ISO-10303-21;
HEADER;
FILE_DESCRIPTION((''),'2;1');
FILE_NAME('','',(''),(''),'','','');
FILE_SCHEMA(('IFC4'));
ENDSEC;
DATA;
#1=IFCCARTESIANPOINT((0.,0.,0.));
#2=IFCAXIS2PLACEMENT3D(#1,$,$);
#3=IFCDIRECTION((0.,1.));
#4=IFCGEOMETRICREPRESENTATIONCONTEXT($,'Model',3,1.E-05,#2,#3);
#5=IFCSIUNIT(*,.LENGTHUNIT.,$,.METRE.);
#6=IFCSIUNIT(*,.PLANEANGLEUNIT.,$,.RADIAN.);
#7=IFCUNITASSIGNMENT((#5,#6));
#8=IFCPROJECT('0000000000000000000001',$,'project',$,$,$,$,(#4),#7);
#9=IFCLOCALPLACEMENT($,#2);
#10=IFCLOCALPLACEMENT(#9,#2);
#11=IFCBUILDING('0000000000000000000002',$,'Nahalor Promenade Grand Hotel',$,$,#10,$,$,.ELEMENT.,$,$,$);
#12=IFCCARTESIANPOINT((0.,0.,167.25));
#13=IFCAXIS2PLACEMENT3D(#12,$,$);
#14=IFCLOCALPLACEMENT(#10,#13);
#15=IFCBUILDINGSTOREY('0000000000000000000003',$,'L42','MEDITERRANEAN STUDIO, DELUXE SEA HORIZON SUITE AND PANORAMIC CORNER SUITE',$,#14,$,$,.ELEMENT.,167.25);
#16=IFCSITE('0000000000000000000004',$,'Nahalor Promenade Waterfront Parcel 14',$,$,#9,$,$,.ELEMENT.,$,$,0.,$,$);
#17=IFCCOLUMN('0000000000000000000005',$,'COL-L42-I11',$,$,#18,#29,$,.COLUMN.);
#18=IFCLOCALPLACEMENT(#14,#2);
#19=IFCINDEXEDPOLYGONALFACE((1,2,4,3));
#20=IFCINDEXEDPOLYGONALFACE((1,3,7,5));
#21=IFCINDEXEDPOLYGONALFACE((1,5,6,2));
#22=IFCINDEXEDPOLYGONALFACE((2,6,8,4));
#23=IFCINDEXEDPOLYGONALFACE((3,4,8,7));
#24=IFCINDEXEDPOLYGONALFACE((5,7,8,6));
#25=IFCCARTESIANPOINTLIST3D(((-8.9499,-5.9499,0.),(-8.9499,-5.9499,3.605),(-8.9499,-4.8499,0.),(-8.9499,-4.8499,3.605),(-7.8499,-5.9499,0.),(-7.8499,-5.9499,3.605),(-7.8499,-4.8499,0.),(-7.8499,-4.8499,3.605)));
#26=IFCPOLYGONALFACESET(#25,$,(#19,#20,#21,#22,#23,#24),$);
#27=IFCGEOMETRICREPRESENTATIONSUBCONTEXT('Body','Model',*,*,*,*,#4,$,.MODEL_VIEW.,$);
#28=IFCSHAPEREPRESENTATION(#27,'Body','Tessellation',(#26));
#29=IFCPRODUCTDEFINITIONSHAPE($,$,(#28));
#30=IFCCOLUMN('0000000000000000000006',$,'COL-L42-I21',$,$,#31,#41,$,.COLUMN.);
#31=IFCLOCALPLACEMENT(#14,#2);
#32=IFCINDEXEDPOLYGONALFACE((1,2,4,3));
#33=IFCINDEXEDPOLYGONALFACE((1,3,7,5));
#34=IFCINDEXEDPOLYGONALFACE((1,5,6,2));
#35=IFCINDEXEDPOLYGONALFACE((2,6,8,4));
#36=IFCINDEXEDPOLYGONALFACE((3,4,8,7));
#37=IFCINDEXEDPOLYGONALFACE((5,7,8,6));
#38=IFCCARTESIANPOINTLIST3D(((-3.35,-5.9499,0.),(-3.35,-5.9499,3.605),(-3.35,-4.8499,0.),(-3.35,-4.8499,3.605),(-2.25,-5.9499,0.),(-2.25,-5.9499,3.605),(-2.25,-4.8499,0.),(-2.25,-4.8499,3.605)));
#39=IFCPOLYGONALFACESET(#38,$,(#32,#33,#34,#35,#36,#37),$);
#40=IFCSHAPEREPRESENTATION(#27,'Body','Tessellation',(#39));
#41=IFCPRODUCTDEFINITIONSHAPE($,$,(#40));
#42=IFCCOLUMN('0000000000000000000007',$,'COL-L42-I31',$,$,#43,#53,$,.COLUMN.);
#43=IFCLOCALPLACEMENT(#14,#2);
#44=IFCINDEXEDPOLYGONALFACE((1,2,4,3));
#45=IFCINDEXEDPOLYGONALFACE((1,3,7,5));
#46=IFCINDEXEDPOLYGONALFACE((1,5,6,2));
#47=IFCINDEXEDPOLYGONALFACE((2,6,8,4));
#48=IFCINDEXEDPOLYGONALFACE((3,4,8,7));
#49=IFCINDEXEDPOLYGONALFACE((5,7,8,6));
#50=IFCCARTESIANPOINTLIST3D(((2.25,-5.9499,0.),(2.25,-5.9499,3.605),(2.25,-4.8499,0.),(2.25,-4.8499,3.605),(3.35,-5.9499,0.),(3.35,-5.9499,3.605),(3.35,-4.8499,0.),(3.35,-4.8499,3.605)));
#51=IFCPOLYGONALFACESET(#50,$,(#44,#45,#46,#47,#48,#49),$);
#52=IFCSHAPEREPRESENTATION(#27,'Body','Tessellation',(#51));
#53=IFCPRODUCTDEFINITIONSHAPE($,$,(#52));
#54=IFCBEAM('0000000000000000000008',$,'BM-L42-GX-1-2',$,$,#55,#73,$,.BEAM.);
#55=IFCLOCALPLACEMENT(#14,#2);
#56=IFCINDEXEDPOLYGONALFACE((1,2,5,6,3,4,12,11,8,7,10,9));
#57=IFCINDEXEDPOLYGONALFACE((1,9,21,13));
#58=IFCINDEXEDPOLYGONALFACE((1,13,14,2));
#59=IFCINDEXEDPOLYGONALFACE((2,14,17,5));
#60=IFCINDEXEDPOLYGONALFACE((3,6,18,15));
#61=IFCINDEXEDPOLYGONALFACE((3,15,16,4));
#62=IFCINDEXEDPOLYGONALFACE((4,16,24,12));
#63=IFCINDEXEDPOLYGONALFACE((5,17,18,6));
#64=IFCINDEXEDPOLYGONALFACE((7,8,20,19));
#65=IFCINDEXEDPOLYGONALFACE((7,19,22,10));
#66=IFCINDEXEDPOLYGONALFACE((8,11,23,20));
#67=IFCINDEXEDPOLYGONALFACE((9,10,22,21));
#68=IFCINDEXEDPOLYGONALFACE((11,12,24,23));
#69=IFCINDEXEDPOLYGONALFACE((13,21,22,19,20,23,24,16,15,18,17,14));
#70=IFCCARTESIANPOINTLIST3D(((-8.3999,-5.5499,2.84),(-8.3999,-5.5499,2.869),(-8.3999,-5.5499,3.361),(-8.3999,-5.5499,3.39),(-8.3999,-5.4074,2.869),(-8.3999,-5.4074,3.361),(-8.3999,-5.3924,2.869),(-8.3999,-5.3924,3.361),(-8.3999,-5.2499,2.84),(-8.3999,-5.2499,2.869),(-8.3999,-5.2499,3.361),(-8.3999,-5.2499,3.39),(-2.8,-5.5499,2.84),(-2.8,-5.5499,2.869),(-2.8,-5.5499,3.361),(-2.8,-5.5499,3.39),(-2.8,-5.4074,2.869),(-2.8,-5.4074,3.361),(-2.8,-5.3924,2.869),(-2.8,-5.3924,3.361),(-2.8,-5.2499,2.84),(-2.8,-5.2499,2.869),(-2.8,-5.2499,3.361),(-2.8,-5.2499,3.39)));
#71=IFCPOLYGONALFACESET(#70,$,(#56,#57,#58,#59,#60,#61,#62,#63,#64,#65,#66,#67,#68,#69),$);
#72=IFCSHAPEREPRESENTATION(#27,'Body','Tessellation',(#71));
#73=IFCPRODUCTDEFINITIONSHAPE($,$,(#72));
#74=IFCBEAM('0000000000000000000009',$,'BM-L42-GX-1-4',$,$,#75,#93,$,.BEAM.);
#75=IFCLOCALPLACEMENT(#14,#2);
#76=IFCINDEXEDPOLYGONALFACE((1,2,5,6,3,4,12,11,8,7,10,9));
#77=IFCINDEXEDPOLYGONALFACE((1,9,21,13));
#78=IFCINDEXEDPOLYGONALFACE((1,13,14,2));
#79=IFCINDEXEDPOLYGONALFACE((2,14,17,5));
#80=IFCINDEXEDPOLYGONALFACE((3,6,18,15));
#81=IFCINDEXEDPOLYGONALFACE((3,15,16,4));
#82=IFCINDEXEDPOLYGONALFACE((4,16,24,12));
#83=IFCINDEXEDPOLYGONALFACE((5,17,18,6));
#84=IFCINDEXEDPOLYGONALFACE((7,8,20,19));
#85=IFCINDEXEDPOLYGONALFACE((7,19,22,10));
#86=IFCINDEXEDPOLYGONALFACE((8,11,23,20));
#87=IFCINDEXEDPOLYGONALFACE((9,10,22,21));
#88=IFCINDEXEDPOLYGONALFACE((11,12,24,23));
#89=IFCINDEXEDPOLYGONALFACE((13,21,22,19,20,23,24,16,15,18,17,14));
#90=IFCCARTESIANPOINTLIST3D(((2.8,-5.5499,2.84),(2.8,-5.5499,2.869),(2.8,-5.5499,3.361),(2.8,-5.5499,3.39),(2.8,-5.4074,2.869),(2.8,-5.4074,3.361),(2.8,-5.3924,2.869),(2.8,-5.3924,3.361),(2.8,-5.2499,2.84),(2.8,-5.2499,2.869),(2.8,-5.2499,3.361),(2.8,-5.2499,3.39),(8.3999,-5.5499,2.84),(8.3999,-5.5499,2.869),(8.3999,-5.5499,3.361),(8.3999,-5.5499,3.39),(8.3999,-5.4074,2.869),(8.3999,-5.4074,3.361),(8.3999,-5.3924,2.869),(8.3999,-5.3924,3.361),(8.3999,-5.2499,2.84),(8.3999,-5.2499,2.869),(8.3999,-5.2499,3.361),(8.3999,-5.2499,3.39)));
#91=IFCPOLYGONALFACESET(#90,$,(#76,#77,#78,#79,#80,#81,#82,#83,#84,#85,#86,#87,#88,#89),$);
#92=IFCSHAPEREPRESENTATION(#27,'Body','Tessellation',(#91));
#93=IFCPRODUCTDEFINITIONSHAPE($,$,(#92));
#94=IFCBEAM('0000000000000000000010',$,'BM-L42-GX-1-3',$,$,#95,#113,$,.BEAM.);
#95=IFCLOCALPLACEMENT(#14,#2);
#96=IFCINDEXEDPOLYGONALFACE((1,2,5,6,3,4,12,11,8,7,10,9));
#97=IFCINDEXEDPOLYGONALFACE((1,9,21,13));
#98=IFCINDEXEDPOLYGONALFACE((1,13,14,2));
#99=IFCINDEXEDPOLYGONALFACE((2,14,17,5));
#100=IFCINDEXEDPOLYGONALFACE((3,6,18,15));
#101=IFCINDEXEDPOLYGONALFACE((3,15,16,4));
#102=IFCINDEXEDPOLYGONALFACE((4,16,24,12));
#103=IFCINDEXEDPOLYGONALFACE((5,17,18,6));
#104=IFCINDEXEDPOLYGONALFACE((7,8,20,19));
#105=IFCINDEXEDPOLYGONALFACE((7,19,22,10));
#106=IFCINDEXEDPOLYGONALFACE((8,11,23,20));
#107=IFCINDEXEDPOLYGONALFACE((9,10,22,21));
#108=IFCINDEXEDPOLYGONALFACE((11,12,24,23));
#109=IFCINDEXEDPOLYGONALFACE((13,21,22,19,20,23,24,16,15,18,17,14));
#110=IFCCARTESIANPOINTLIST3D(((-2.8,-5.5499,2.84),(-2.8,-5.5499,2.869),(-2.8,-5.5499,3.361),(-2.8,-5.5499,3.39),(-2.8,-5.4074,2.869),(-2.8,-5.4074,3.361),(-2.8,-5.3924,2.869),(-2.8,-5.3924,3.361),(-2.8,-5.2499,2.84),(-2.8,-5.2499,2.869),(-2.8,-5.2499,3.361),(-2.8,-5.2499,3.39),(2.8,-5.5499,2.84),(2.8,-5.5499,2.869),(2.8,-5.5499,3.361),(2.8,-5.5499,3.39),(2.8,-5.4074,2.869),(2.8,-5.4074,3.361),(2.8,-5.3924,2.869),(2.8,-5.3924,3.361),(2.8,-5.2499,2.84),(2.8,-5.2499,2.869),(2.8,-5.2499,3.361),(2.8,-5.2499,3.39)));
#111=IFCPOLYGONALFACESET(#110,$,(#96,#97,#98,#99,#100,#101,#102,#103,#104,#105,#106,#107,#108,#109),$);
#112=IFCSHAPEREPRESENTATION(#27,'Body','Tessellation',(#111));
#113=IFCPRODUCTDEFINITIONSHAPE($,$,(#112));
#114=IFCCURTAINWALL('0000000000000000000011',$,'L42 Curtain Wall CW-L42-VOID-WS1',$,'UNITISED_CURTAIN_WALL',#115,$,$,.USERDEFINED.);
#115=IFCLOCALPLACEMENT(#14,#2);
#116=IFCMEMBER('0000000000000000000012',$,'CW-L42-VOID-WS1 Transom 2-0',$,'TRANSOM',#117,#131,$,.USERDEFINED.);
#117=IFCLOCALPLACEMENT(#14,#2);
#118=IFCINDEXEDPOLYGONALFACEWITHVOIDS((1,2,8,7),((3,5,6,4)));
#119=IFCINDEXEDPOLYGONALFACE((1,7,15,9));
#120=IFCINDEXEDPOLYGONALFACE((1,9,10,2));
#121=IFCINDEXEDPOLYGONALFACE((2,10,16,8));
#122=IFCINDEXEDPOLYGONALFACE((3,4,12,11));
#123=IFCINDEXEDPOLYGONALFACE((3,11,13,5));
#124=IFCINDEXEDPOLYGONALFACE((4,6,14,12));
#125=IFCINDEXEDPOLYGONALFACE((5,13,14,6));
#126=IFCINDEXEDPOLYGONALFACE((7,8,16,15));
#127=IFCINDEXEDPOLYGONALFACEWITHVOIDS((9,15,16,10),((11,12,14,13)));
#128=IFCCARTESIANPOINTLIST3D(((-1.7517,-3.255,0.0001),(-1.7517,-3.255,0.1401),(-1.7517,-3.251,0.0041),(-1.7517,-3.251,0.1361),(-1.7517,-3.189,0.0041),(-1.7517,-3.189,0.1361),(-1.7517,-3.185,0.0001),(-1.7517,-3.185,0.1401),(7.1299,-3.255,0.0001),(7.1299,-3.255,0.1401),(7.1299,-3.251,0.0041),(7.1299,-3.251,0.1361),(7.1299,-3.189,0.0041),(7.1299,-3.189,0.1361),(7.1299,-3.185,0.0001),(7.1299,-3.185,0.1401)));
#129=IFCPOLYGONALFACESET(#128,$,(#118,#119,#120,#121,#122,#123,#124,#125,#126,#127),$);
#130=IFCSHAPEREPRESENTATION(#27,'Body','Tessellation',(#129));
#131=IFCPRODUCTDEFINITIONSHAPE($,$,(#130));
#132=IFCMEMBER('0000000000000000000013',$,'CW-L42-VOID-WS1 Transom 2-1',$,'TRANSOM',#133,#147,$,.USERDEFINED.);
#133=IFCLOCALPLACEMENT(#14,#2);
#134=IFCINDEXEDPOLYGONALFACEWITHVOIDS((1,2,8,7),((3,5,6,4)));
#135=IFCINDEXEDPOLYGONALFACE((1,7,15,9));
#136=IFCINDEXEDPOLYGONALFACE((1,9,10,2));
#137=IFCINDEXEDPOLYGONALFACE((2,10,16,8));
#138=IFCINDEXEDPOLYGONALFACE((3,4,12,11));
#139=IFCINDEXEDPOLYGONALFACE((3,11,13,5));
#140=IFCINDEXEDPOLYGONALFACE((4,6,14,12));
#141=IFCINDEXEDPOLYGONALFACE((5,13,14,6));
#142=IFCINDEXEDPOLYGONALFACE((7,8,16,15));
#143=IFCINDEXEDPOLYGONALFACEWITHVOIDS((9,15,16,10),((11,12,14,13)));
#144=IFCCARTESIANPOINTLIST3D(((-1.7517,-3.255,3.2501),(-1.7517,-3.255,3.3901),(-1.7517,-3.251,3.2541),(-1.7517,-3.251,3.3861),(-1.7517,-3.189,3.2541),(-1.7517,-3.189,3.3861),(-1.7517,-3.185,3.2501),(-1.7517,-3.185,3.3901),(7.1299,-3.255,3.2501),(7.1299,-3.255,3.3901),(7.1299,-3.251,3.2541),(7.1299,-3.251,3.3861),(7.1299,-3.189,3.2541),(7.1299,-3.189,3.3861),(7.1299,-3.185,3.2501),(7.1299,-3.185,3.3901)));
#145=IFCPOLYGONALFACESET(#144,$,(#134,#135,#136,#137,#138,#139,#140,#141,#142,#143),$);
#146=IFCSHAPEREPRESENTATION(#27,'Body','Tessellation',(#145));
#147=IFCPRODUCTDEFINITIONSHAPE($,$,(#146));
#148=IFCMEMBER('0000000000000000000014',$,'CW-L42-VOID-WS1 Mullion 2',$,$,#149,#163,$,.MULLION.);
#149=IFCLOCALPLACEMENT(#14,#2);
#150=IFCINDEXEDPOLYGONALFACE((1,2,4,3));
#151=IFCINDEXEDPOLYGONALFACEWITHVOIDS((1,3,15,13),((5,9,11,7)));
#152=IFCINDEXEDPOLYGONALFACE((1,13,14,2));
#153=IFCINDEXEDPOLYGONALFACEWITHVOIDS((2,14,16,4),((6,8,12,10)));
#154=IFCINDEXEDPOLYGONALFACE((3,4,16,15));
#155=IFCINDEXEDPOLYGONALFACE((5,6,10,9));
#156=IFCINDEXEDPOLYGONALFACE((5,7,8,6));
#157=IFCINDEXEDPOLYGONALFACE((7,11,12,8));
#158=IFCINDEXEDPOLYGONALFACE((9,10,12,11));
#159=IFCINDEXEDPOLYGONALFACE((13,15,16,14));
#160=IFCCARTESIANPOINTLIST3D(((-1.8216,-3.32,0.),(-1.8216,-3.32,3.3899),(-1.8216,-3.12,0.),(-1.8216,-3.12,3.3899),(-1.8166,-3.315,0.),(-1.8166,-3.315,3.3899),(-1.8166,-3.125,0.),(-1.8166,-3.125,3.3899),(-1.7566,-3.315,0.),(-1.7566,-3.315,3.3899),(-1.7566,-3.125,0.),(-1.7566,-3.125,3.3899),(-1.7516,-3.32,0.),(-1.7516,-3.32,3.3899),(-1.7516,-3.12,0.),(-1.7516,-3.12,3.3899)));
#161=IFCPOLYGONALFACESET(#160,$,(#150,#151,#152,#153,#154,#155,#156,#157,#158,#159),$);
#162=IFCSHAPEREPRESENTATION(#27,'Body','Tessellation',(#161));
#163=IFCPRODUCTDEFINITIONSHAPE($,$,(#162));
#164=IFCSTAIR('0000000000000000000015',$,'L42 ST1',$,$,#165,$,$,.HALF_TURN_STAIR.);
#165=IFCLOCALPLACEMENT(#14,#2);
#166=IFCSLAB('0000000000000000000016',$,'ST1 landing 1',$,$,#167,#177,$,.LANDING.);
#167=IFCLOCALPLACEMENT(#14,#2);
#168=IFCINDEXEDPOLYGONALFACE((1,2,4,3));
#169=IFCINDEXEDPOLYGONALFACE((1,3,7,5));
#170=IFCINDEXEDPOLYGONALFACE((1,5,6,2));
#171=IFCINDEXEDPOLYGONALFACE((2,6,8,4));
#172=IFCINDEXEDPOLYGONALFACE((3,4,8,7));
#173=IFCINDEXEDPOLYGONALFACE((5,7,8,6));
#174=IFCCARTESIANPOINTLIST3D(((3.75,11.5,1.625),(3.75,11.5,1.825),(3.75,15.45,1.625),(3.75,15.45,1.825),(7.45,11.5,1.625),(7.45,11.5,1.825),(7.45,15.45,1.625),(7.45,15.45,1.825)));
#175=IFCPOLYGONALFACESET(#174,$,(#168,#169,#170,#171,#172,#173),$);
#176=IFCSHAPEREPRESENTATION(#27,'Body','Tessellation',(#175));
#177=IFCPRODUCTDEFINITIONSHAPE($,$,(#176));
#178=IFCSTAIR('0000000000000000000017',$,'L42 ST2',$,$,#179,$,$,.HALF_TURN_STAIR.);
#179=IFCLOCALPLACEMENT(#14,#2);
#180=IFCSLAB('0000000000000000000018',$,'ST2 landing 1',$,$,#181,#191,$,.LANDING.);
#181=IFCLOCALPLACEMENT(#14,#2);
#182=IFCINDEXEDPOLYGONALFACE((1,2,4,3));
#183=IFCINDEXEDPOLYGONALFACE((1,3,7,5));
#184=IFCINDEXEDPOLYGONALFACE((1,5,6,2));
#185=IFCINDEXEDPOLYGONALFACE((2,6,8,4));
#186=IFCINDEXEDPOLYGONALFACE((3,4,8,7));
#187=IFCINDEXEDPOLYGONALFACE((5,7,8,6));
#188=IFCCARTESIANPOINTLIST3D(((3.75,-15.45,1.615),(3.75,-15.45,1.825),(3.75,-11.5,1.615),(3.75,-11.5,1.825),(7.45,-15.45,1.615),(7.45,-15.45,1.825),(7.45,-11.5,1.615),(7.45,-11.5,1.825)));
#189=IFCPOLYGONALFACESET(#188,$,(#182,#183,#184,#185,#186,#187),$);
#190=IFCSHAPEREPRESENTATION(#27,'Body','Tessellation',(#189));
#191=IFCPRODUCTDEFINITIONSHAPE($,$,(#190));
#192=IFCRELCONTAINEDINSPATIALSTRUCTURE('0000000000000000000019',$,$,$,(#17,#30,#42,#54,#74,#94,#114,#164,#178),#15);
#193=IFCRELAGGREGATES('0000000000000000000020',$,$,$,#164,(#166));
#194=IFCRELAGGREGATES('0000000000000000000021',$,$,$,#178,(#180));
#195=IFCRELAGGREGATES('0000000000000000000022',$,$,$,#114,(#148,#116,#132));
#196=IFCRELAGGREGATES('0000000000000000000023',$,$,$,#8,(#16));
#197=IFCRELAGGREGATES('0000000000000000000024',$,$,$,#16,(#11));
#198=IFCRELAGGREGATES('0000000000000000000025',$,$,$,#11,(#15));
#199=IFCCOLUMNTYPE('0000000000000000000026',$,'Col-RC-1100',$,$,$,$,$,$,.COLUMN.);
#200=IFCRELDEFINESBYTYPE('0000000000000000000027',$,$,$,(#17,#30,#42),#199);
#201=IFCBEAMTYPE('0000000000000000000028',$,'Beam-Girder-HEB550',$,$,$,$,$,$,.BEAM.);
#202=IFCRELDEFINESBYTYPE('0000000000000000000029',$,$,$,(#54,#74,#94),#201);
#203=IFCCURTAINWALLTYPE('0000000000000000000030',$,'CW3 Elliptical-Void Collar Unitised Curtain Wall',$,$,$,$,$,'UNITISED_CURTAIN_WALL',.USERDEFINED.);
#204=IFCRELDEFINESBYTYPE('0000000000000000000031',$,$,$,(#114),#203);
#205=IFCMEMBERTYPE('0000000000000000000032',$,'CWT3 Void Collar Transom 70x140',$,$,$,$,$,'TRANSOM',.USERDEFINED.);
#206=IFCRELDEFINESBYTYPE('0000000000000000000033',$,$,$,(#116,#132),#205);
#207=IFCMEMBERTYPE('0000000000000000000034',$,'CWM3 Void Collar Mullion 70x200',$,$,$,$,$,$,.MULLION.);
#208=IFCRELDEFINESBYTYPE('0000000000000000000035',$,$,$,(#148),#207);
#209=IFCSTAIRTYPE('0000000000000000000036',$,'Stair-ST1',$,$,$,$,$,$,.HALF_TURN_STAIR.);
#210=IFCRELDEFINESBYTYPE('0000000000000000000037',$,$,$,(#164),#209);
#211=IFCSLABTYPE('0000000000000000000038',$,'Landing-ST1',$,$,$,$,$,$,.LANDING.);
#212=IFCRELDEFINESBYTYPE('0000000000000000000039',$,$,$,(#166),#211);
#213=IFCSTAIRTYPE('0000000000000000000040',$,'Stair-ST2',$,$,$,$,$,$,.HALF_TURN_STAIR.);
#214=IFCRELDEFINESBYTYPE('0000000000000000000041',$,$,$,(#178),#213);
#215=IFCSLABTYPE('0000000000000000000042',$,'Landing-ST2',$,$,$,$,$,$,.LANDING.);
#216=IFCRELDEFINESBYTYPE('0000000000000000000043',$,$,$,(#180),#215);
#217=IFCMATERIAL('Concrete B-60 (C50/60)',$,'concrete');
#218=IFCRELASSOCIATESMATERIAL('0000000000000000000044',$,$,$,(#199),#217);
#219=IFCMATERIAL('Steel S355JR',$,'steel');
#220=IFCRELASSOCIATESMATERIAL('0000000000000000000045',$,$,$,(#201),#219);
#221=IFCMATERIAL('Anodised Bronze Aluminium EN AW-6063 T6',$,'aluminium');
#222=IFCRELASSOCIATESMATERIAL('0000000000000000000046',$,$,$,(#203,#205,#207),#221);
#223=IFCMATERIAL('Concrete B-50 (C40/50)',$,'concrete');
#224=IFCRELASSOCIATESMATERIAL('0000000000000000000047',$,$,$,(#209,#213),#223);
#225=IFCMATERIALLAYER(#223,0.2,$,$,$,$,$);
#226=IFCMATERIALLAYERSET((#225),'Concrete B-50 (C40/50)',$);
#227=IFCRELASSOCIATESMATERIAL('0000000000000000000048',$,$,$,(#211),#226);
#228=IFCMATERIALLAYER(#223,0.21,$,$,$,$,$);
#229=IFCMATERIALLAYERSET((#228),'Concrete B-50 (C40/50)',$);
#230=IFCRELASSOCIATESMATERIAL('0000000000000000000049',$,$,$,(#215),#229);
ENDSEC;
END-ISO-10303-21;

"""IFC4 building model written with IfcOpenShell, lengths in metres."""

from ifc_helpers import new_model, si_unit, direction, frame, origin, origin_2d, place, context, subcontext, project, spatial, polyline, rectangle, hollow_rectangle, i_section, outline, extrude, source, transform, mapped, material, layer, layer_set, material_profile, profile_set, type_object, element, aggregate, save


model = new_model("IFC4")

# Units and contexts
model_context = context("Model", 3, precision=1e-05, world=origin(), true_north=direction((0.0, 1.0)))
body_context = subcontext(model_context, "Body", "Model", "MODEL_VIEW")
ifc_project = project(units=[si_unit("LENGTHUNIT", "METRE"), si_unit("PLANEANGLEUNIT", "RADIAN")], contexts=[model_context])

# Site, building, storey
site_placement = place(None, origin())
site = spatial("IfcSite", under=ifc_project, at=site_placement, Name="Nahalor Promenade Waterfront Parcel 14", CompositionType="ELEMENT", RefElevation=0.0)
building_placement = place(site_placement, origin())
building = spatial("IfcBuilding", under=site, at=building_placement, Name="Nahalor Promenade Grand Hotel", CompositionType="ELEMENT")
storey_placement = place(building_placement, frame((0.0, 0.0, 167.25)))
storey = spatial("IfcBuildingStorey", under=building, at=storey_placement, Name="L42", Description="MEDITERRANEAN STUDIO, DELUXE SEA HORIZON SUITE AND PANORAMIC CORNER SUITE", CompositionType="ELEMENT", Elevation=167.25)

# Columns
ifc_material_1 = material(Name="Concrete B-60 (C50/60)", Category="concrete")
ifc_material_profile_1 = material_profile(ifc_material_1, rectangle(XDim=1.1, YDim=1.1, at=origin_2d()), Name="RC 1100x1100")
ifc_profile_set_1 = profile_set([ifc_material_profile_1], Name="Concrete B-60 (C50/60)")
column_type = type_object("IfcColumnType", Name="Col-RC-1100", PredefinedType="COLUMN", material=ifc_profile_set_1)
shared_shape_1 = source(origin(), body_context, "Body", "SweptSolid", [
    extrude(rectangle(XDim=1.1, YDim=1.1, at=origin_2d()), origin(), (0.0, 0.0, 1.0), 3.605),
])
for number, where, z_axis, x_axis, name in (
    (1, (-8.3999, -5.3999, 0.0), (0.0, 0.0, 1.0), (1.0, 0.0, 0.0), "COL-L42-I11"),
    (2, (-2.8, -5.3999, 0.0), (0.0, 0.0, 1.0), (1.0, 0.0, 0.0), "COL-L42-I21"),
    (3, (2.8, -5.3999, 0.0), (0.0, 0.0, 1.0), (1.0, 0.0, 0.0), "COL-L42-I31"),
):
    element("IfcColumn", number, at=place(storey_placement, frame(where, z_axis=z_axis, x_axis=x_axis)), inside=storey, type_object=column_type, Name=name, PredefinedType="COLUMN", context=body_context, shape_type="MappedRepresentation", body=[
        mapped(shared_shape_1, transform((0.0, 0.0, 0.0), scale=1.0)),
    ])

# Beams
ifc_material_2 = material(Name="Steel S355JR", Category="steel")
ifc_material_profile_2 = material_profile(ifc_material_2, i_section(OverallWidth=0.3, OverallDepth=0.55, WebThickness=0.015, FlangeThickness=0.029, at=origin_2d()), Name="HEB 550")
ifc_profile_set_2 = profile_set([ifc_material_profile_2], Name="Steel S355JR")
beam_type = type_object("IfcBeamType", Name="Beam-Girder-HEB550", PredefinedType="BEAM", material=ifc_profile_set_2)
shared_shape_2 = source(origin(), body_context, "Body", "SweptSolid", [
    extrude(i_section(OverallWidth=0.3, OverallDepth=0.55, WebThickness=0.015, FlangeThickness=0.029, at=origin_2d()), origin(), (0.0, 0.0, 1.0), 5.5999),
])
for number, where, z_axis, x_axis, name in (
    (4, (-8.3999, -5.3999, 3.115), (1.0, 0.0, 0.0), (0.0, 1.0, 0.0), "BM-L42-GX-1-2"),
    (5, (2.8, -5.3999, 3.115), (1.0, 0.0, 0.0), (0.0, 1.0, 0.0), "BM-L42-GX-1-4"),
):
    element("IfcBeam", number, at=place(storey_placement, frame(where, z_axis=z_axis, x_axis=x_axis)), inside=storey, type_object=beam_type, Name=name, PredefinedType="BEAM", context=body_context, shape_type="MappedRepresentation", body=[
        mapped(shared_shape_2, transform((0.0, 0.0, 0.0), scale=1.0)),
    ])
shared_shape_3 = source(origin(), body_context, "Body", "SweptSolid", [
    extrude(i_section(OverallWidth=0.3, OverallDepth=0.55, WebThickness=0.015, FlangeThickness=0.029, at=origin_2d()), origin(), (0.0, 0.0, 1.0), 5.6001),
])
beam_placement = place(storey_placement, frame((-2.8, -5.3999, 3.115), z_axis=(1.0, 0.0, 0.0), x_axis=(0.0, 1.0, 0.0)))
element("IfcBeam", 6, at=beam_placement, inside=storey, type_object=beam_type, Name="BM-L42-GX-1-3", PredefinedType="BEAM", context=body_context, shape_type="MappedRepresentation", body=[
    mapped(shared_shape_3, transform((0.0, 0.0, 0.0), scale=1.0)),
])

# Curtain wall, members
ifc_material_3 = material(Name="Anodised Bronze Aluminium EN AW-6063 T6", Category="aluminium")
curtain_wall_type = type_object("IfcCurtainWallType", Name="CW3 Elliptical-Void Collar Unitised Curtain Wall", ElementType="UNITISED_CURTAIN_WALL", PredefinedType="USERDEFINED", material=ifc_material_3)
curtain_wall_placement = place(storey_placement, origin())
curtain_wall = element("IfcCurtainWall", 7, at=curtain_wall_placement, inside=storey, type_object=curtain_wall_type, Name="L42 Curtain Wall CW-L42-VOID-WS1", ObjectType="UNITISED_CURTAIN_WALL", PredefinedType="USERDEFINED")
ifc_material_profile_3 = material_profile(ifc_material_3, hollow_rectangle(XDim=0.07, YDim=0.14, WallThickness=0.004, at=origin_2d()), Name="CWT 70x140x4")
ifc_profile_set_3 = profile_set([ifc_material_profile_3], Name="Anodised Bronze Aluminium EN AW-6063 T6")
member_type_1 = type_object("IfcMemberType", Name="CWT3 Void Collar Transom 70x140", ElementType="TRANSOM", PredefinedType="USERDEFINED", material=ifc_profile_set_3)
shared_shape_4 = source(origin(), body_context, "Body", "SweptSolid", [
    extrude(hollow_rectangle(XDim=0.07, YDim=0.14, WallThickness=0.004, at=origin_2d()), origin(), (0.0, 0.0, 1.0), 8.8816),
])
member_1_placement = place(storey_placement, frame((-1.7517, -3.22, 0.0701), z_axis=(1.0, 0.0, 0.0), x_axis=(0.0, 1.0, 0.0)))
member_1 = element("IfcMember", 8, at=member_1_placement, type_object=member_type_1, Name="CW-L42-VOID-WS1 Transom 2-0", ObjectType="TRANSOM", PredefinedType="USERDEFINED", context=body_context, shape_type="MappedRepresentation", body=[
    mapped(shared_shape_4, transform((0.0, 0.0, 0.0), scale=1.0)),
])
member_2_placement = place(storey_placement, frame((-1.7517, -3.22, 3.3201), z_axis=(1.0, 0.0, 0.0), x_axis=(0.0, 1.0, 0.0)))
member_2 = element("IfcMember", 9, at=member_2_placement, type_object=member_type_1, Name="CW-L42-VOID-WS1 Transom 2-1", ObjectType="TRANSOM", PredefinedType="USERDEFINED", context=body_context, shape_type="MappedRepresentation", body=[
    mapped(shared_shape_4, transform((0.0, 0.0, 0.0), scale=1.0)),
])
ifc_material_profile_4 = material_profile(ifc_material_3, hollow_rectangle(XDim=0.07, YDim=0.2, WallThickness=0.005, at=origin_2d()), Name="CWM 70x200x5")
ifc_profile_set_4 = profile_set([ifc_material_profile_4], Name="Anodised Bronze Aluminium EN AW-6063 T6")
member_type_2 = type_object("IfcMemberType", Name="CWM3 Void Collar Mullion 70x200", PredefinedType="MULLION", material=ifc_profile_set_4)
shared_shape_5 = source(origin(), body_context, "Body", "SweptSolid", [
    extrude(hollow_rectangle(XDim=0.07, YDim=0.2, WallThickness=0.005, at=origin_2d()), origin(), (0.0, 0.0, 1.0), 3.3899),
])
member_3_placement = place(storey_placement, frame((-1.7866, -3.22, 0.0), z_axis=(0.0, 0.0, 1.0), x_axis=(1.0, 0.0, 0.0)))
member_3 = element("IfcMember", 10, at=member_3_placement, type_object=member_type_2, Name="CW-L42-VOID-WS1 Mullion 2", PredefinedType="MULLION", context=body_context, shape_type="MappedRepresentation", body=[
    mapped(shared_shape_5, transform((0.0, 0.0, 0.0), scale=1.0)),
])

# Stairs, slabs
ifc_material_4 = material(Name="Concrete B-50 (C40/50)", Category="concrete")
stair_type_1 = type_object("IfcStairType", Name="Stair-ST1", PredefinedType="HALF_TURN_STAIR", material=ifc_material_4)
stair_1_placement = place(storey_placement, origin())
stair_1 = element("IfcStair", 11, at=stair_1_placement, inside=storey, type_object=stair_type_1, Name="L42 ST1", PredefinedType="HALF_TURN_STAIR")
ifc_layer_1 = layer(ifc_material_4, 0.2)
ifc_layer_set_1 = layer_set([ifc_layer_1], Name="Concrete B-50 (C40/50)")
slab_type_1 = type_object("IfcSlabType", Name="Landing-ST1", PredefinedType="LANDING", material=ifc_layer_set_1)
slab_1_placement = place(storey_placement, frame((0.0, 0.0, 1.625)))
slab_1 = element("IfcSlab", 12, at=slab_1_placement, type_object=slab_type_1, Name="ST1 landing 1", PredefinedType="LANDING", context=body_context, shape_type="SweptSolid", body=[
    extrude(outline(polyline([(7.45, 11.5), (7.45, 15.45), (3.75, 15.45), (3.75, 11.5), (7.45, 11.5)])), origin(), (0.0, 0.0, 1.0), 0.2),
])
aggregate(stair_1, [slab_1])
stair_type_2 = type_object("IfcStairType", Name="Stair-ST2", PredefinedType="HALF_TURN_STAIR", material=ifc_material_4)
stair_2_placement = place(storey_placement, origin())
stair_2 = element("IfcStair", 13, at=stair_2_placement, inside=storey, type_object=stair_type_2, Name="L42 ST2", PredefinedType="HALF_TURN_STAIR")
ifc_layer_2 = layer(ifc_material_4, 0.21)
ifc_layer_set_2 = layer_set([ifc_layer_2], Name="Concrete B-50 (C40/50)")
slab_type_2 = type_object("IfcSlabType", Name="Landing-ST2", PredefinedType="LANDING", material=ifc_layer_set_2)
slab_2_placement = place(storey_placement, frame((0.0, 0.0, 1.615)))
slab_2 = element("IfcSlab", 14, at=slab_2_placement, type_object=slab_type_2, Name="ST2 landing 1", PredefinedType="LANDING", context=body_context, shape_type="SweptSolid", body=[
    extrude(outline(polyline([(3.75, -11.5), (3.75, -15.45), (7.45, -15.45), (7.45, -11.5), (3.75, -11.5)])), origin(), (0.0, 0.0, 1.0), 0.21),
])
aggregate(stair_2, [slab_2])

aggregate(curtain_wall, [member_3, member_1, member_2])

save(model, "model.ifc")
